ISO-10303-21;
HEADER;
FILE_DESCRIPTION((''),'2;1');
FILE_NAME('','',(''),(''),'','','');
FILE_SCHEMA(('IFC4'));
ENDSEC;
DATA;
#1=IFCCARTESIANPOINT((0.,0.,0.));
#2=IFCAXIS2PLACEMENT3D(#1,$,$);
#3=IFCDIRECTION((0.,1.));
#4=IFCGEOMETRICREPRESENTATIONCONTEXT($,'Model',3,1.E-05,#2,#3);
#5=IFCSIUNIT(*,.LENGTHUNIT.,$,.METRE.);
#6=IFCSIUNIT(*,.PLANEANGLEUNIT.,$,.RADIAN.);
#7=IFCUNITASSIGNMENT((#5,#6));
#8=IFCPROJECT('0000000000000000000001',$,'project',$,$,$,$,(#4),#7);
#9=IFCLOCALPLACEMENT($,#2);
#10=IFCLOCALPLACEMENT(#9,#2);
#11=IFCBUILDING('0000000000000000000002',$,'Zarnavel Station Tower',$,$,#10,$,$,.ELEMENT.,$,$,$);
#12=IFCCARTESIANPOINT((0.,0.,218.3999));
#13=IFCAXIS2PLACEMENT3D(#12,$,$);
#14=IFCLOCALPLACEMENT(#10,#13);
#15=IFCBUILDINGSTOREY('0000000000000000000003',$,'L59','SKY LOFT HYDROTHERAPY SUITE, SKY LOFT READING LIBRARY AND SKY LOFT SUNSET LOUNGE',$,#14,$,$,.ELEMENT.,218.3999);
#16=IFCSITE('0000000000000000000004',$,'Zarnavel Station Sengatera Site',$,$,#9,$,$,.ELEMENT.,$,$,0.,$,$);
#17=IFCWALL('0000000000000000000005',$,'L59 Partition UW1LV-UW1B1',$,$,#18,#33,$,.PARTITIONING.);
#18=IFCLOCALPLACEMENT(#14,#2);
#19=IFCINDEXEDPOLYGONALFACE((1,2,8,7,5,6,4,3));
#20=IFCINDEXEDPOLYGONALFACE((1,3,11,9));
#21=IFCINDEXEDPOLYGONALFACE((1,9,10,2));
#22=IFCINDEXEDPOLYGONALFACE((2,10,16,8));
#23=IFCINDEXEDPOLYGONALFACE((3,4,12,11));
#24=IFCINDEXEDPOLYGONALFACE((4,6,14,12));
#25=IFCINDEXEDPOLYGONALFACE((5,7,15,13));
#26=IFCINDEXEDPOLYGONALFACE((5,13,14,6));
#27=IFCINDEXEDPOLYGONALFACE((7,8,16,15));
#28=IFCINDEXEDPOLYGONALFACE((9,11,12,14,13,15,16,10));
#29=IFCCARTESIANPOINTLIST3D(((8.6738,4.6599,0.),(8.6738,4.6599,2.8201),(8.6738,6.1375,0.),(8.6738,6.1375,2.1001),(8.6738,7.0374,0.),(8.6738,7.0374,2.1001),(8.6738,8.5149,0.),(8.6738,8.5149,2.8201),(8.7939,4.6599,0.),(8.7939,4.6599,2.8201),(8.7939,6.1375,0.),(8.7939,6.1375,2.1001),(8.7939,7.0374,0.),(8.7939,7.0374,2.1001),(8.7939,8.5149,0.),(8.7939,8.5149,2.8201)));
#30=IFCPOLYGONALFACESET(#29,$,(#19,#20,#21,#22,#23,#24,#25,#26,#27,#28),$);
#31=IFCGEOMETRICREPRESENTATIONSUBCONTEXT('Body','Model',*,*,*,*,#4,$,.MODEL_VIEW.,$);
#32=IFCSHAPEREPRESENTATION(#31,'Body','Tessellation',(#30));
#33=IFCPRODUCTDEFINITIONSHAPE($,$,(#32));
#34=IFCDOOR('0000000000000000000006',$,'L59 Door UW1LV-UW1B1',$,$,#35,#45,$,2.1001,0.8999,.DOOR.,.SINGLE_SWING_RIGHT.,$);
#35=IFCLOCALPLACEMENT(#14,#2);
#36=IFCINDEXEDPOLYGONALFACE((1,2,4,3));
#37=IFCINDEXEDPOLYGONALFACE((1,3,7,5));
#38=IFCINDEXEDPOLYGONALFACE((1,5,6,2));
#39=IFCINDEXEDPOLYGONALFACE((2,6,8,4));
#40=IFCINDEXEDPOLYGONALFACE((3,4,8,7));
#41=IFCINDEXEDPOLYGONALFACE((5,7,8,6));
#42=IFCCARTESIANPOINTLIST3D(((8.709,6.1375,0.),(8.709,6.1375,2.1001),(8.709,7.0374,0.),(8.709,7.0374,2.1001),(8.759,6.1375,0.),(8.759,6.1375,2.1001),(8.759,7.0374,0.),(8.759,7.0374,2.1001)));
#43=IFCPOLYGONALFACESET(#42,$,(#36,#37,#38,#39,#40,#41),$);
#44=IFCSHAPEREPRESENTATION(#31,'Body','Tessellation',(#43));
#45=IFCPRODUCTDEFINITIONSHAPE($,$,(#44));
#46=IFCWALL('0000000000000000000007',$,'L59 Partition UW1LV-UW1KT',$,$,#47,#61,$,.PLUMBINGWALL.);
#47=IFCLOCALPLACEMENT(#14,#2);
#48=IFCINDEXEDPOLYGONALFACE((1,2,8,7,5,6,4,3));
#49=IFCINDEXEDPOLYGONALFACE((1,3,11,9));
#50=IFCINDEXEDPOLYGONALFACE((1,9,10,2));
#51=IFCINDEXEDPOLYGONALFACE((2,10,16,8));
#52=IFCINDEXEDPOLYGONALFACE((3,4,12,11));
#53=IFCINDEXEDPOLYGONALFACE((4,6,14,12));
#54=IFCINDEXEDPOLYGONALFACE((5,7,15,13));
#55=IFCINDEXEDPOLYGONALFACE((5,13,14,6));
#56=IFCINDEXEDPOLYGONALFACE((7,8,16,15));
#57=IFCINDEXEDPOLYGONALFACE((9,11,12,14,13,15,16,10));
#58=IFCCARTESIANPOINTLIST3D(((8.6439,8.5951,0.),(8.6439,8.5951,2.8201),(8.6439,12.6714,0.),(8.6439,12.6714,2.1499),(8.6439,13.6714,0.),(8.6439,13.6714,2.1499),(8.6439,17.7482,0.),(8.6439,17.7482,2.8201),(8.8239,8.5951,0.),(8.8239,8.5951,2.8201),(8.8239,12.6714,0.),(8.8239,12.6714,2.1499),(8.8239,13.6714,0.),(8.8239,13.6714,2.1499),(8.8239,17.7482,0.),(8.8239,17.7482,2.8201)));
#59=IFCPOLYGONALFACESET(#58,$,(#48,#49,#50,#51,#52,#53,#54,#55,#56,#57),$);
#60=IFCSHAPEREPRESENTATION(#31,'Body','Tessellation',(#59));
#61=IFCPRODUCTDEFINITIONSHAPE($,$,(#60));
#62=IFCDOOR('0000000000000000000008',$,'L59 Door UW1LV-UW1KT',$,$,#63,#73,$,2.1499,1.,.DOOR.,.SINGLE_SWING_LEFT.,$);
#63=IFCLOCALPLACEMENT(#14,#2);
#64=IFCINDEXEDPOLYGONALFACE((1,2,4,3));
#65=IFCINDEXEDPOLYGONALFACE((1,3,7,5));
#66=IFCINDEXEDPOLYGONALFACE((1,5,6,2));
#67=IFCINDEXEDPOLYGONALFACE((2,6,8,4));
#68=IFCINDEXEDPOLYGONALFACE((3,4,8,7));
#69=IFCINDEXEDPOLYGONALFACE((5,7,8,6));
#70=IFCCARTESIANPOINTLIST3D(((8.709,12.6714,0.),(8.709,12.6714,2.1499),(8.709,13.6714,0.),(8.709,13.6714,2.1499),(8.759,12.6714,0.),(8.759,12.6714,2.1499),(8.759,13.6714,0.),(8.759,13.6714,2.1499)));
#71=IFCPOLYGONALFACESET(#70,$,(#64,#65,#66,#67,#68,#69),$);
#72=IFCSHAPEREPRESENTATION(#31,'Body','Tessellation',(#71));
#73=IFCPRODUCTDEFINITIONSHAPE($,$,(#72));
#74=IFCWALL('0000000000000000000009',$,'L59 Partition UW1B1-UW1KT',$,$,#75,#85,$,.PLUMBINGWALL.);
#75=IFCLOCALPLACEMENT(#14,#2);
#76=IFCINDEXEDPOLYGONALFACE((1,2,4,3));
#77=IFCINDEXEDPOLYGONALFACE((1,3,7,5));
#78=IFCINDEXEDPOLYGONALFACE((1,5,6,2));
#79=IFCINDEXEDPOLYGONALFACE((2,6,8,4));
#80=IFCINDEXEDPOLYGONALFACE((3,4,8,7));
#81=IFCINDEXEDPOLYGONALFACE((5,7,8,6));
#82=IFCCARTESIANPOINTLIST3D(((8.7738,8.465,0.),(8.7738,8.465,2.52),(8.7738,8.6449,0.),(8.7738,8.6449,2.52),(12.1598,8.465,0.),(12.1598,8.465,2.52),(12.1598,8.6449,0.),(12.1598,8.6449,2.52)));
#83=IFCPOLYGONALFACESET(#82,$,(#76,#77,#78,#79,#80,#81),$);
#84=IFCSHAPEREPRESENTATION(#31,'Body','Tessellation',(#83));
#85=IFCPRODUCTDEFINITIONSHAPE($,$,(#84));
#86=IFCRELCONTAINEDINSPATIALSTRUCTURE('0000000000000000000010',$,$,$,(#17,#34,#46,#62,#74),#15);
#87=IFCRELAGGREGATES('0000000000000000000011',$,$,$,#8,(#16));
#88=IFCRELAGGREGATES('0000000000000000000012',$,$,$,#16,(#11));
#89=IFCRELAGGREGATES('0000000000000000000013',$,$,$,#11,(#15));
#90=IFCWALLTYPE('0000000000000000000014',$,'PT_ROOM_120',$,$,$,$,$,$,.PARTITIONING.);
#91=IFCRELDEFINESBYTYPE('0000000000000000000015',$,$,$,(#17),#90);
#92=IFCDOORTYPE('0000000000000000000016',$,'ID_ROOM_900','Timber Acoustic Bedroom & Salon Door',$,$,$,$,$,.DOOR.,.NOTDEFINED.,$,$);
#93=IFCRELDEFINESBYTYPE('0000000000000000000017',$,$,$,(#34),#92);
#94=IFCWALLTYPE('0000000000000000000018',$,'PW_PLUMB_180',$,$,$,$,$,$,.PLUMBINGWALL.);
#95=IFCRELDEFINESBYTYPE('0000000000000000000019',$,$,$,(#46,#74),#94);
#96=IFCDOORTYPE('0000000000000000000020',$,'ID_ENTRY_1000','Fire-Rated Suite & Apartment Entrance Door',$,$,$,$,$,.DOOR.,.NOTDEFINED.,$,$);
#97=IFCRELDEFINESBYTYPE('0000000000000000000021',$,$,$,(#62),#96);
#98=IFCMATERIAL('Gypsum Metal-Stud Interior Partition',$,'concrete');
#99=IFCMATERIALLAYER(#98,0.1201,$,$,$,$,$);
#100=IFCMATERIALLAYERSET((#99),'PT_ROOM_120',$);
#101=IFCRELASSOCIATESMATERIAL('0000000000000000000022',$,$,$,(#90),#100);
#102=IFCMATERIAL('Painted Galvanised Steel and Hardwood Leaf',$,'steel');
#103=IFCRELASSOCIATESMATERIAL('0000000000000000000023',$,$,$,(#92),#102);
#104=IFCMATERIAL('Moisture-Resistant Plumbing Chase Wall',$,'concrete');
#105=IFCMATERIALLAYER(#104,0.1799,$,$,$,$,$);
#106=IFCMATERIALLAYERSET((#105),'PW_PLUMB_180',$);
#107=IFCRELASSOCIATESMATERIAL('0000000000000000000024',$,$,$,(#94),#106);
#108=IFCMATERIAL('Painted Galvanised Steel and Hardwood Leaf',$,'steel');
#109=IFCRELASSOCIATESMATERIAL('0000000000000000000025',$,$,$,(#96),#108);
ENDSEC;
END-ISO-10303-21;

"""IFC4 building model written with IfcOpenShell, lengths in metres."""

from ifc_helpers import new_model, si_unit, direction, frame, frame_2d, origin, place, context, subcontext, project, spatial, rectangle, extrude, material, layer, layer_set, type_object, element, fill, save


model = new_model("IFC4")

# Units and contexts
model_context = context("Model", 3, precision=1e-05, world=origin(), true_north=direction((0.0, 1.0)))
body_context = subcontext(model_context, "Body", "Model", "MODEL_VIEW")
ifc_project = project(units=[si_unit("LENGTHUNIT", "METRE"), si_unit("PLANEANGLEUNIT", "RADIAN")], contexts=[model_context])

# Site, building, storey
site_placement = place(None, origin())
site = spatial("IfcSite", under=ifc_project, at=site_placement, Name="Zarnavel Station Sengatera Site", CompositionType="ELEMENT", RefElevation=0.0)
building_placement = place(site_placement, origin())
building = spatial("IfcBuilding", under=site, at=building_placement, Name="Zarnavel Station Tower", CompositionType="ELEMENT")
storey_placement = place(building_placement, frame((0.0, 0.0, 218.3999)))
storey = spatial("IfcBuildingStorey", under=building, at=storey_placement, Name="L59", Description="SKY LOFT HYDROTHERAPY SUITE, SKY LOFT READING LIBRARY AND SKY LOFT SUNSET LOUNGE", CompositionType="ELEMENT", Elevation=218.3999)

# Walls, openings, doors
ifc_material_1 = material(Name="Gypsum Metal-Stud Interior Partition", Category="concrete")
ifc_layer_1 = layer(ifc_material_1, 0.1201)
ifc_layer_set_1 = layer_set([ifc_layer_1], Name="PT_ROOM_120")
wall_type_1 = type_object("IfcWallType", Name="PT_ROOM_120", PredefinedType="PARTITIONING", material=ifc_layer_set_1)
wall_1_placement = place(storey_placement, frame((8.7339, 4.6599, 0.0), z_axis=(0.0, 0.0, 1.0), x_axis=(0.0, 1.0, 0.0)))
wall_1 = element("IfcWall", 1, at=wall_1_placement, inside=storey, type_object=wall_type_1, Name="L59 Partition UW1LV-UW1B1", PredefinedType="PARTITIONING", context=body_context, shape_type="SweptSolid", body=[
    extrude(rectangle(XDim=3.855, YDim=0.1201, at=frame_2d((1.9275, 0.0))), origin(), (0.0, 0.0, 1.0), 2.8201),
])
opening_1_placement = place(wall_1_placement, frame((1.4775, 0.0, 0.0)))
opening_1 = element("IfcOpeningElement", 2, at=opening_1_placement, cuts=wall_1, PredefinedType="OPENING", context=body_context, shape_type="SweptSolid", body=[
    extrude(rectangle(XDim=0.8999, YDim=2.1001, at=frame_2d((0.45, 1.05))), frame((0.0, 0.0701, 0.0), z_axis=(0.0, -1.0, 0.0), x_axis=(1.0, 0.0, 0.0)), (0.0, 0.0, 1.0), 0.1401),
])
ifc_material_2 = material(Name="Painted Galvanised Steel and Hardwood Leaf", Category="steel")
door_type_1 = type_object("IfcDoorType", Name="ID_ROOM_900", Description="Timber Acoustic Bedroom & Salon Door", OperationType="NOTDEFINED", PredefinedType="DOOR", material=ifc_material_2)
door_1_placement = place(opening_1_placement, origin())
door_1 = element("IfcDoor", 3, at=door_1_placement, inside=storey, type_object=door_type_1, Name="L59 Door UW1LV-UW1B1", OperationType="SINGLE_SWING_RIGHT", OverallHeight=2.1001, OverallWidth=0.8999, PredefinedType="DOOR", context=body_context, shape_type="SweptSolid", body=[
    extrude(rectangle(XDim=0.8999, YDim=2.1001, at=frame_2d((0.45, 1.05))), frame((0.0, 0.0249, 0.0), z_axis=(0.0, -1.0, 0.0), x_axis=(1.0, 0.0, 0.0)), (0.0, 0.0, 1.0), 0.05),
])
fill(opening_1, door_1)
ifc_material_3 = material(Name="Moisture-Resistant Plumbing Chase Wall", Category="concrete")
ifc_layer_2 = layer(ifc_material_3, 0.1799)
ifc_layer_set_2 = layer_set([ifc_layer_2], Name="PW_PLUMB_180")
wall_type_2 = type_object("IfcWallType", Name="PW_PLUMB_180", PredefinedType="PLUMBINGWALL", material=ifc_layer_set_2)
wall_2_placement = place(storey_placement, frame((8.7339, 8.595, 0.0), z_axis=(0.0, 0.0, 1.0), x_axis=(0.0, 1.0, 0.0)))
wall_2 = element("IfcWall", 4, at=wall_2_placement, inside=storey, type_object=wall_type_2, Name="L59 Partition UW1LV-UW1KT", PredefinedType="PLUMBINGWALL", context=body_context, shape_type="SweptSolid", body=[
    extrude(rectangle(XDim=9.1531, YDim=0.1799, at=frame_2d((4.5767, 0.0))), origin(), (0.0, 0.0, 1.0), 2.8201),
])
opening_2_placement = place(wall_2_placement, frame((4.0764, 0.0, 0.0)))
opening_2 = element("IfcOpeningElement", 5, at=opening_2_placement, cuts=wall_2, PredefinedType="OPENING", context=body_context, shape_type="SweptSolid", body=[
    extrude(rectangle(XDim=1.0, YDim=2.1499, at=frame_2d((0.5, 1.075))), frame((0.0, 0.0999, 0.0), z_axis=(0.0, -1.0, 0.0), x_axis=(1.0, 0.0, 0.0)), (0.0, 0.0, 1.0), 0.2),
])
ifc_material_4 = material(Name="Painted Galvanised Steel and Hardwood Leaf", Category="steel")
door_type_2 = type_object("IfcDoorType", Name="ID_ENTRY_1000", Description="Fire-Rated Suite & Apartment Entrance Door", OperationType="NOTDEFINED", PredefinedType="DOOR", material=ifc_material_4)
door_2_placement = place(opening_2_placement, origin())
door_2 = element("IfcDoor", 6, at=door_2_placement, inside=storey, type_object=door_type_2, Name="L59 Door UW1LV-UW1KT", OperationType="SINGLE_SWING_LEFT", OverallHeight=2.1499, OverallWidth=1.0, PredefinedType="DOOR", context=body_context, shape_type="SweptSolid", body=[
    extrude(rectangle(XDim=1.0, YDim=2.1499, at=frame_2d((0.5, 1.075))), frame((0.0, 0.0249, 0.0), z_axis=(0.0, -1.0, 0.0), x_axis=(1.0, 0.0, 0.0)), (0.0, 0.0, 1.0), 0.05),
])
fill(opening_2, door_2)

# Wall
wall_3_placement = place(storey_placement, frame((8.7739, 8.5549, 0.0), z_axis=(0.0, 0.0, 1.0), x_axis=(1.0, 0.0, 0.0)))
element("IfcWall", 7, at=wall_3_placement, inside=storey, type_object=wall_type_2, Name="L59 Partition UW1B1-UW1KT", PredefinedType="PLUMBINGWALL", context=body_context, shape_type="SweptSolid", body=[
    extrude(rectangle(XDim=3.386, YDim=0.1799, at=frame_2d((1.6929, 0.0))), origin(), (0.0, 0.0, 1.0), 2.52),
])

save(model, "model.ifc")
